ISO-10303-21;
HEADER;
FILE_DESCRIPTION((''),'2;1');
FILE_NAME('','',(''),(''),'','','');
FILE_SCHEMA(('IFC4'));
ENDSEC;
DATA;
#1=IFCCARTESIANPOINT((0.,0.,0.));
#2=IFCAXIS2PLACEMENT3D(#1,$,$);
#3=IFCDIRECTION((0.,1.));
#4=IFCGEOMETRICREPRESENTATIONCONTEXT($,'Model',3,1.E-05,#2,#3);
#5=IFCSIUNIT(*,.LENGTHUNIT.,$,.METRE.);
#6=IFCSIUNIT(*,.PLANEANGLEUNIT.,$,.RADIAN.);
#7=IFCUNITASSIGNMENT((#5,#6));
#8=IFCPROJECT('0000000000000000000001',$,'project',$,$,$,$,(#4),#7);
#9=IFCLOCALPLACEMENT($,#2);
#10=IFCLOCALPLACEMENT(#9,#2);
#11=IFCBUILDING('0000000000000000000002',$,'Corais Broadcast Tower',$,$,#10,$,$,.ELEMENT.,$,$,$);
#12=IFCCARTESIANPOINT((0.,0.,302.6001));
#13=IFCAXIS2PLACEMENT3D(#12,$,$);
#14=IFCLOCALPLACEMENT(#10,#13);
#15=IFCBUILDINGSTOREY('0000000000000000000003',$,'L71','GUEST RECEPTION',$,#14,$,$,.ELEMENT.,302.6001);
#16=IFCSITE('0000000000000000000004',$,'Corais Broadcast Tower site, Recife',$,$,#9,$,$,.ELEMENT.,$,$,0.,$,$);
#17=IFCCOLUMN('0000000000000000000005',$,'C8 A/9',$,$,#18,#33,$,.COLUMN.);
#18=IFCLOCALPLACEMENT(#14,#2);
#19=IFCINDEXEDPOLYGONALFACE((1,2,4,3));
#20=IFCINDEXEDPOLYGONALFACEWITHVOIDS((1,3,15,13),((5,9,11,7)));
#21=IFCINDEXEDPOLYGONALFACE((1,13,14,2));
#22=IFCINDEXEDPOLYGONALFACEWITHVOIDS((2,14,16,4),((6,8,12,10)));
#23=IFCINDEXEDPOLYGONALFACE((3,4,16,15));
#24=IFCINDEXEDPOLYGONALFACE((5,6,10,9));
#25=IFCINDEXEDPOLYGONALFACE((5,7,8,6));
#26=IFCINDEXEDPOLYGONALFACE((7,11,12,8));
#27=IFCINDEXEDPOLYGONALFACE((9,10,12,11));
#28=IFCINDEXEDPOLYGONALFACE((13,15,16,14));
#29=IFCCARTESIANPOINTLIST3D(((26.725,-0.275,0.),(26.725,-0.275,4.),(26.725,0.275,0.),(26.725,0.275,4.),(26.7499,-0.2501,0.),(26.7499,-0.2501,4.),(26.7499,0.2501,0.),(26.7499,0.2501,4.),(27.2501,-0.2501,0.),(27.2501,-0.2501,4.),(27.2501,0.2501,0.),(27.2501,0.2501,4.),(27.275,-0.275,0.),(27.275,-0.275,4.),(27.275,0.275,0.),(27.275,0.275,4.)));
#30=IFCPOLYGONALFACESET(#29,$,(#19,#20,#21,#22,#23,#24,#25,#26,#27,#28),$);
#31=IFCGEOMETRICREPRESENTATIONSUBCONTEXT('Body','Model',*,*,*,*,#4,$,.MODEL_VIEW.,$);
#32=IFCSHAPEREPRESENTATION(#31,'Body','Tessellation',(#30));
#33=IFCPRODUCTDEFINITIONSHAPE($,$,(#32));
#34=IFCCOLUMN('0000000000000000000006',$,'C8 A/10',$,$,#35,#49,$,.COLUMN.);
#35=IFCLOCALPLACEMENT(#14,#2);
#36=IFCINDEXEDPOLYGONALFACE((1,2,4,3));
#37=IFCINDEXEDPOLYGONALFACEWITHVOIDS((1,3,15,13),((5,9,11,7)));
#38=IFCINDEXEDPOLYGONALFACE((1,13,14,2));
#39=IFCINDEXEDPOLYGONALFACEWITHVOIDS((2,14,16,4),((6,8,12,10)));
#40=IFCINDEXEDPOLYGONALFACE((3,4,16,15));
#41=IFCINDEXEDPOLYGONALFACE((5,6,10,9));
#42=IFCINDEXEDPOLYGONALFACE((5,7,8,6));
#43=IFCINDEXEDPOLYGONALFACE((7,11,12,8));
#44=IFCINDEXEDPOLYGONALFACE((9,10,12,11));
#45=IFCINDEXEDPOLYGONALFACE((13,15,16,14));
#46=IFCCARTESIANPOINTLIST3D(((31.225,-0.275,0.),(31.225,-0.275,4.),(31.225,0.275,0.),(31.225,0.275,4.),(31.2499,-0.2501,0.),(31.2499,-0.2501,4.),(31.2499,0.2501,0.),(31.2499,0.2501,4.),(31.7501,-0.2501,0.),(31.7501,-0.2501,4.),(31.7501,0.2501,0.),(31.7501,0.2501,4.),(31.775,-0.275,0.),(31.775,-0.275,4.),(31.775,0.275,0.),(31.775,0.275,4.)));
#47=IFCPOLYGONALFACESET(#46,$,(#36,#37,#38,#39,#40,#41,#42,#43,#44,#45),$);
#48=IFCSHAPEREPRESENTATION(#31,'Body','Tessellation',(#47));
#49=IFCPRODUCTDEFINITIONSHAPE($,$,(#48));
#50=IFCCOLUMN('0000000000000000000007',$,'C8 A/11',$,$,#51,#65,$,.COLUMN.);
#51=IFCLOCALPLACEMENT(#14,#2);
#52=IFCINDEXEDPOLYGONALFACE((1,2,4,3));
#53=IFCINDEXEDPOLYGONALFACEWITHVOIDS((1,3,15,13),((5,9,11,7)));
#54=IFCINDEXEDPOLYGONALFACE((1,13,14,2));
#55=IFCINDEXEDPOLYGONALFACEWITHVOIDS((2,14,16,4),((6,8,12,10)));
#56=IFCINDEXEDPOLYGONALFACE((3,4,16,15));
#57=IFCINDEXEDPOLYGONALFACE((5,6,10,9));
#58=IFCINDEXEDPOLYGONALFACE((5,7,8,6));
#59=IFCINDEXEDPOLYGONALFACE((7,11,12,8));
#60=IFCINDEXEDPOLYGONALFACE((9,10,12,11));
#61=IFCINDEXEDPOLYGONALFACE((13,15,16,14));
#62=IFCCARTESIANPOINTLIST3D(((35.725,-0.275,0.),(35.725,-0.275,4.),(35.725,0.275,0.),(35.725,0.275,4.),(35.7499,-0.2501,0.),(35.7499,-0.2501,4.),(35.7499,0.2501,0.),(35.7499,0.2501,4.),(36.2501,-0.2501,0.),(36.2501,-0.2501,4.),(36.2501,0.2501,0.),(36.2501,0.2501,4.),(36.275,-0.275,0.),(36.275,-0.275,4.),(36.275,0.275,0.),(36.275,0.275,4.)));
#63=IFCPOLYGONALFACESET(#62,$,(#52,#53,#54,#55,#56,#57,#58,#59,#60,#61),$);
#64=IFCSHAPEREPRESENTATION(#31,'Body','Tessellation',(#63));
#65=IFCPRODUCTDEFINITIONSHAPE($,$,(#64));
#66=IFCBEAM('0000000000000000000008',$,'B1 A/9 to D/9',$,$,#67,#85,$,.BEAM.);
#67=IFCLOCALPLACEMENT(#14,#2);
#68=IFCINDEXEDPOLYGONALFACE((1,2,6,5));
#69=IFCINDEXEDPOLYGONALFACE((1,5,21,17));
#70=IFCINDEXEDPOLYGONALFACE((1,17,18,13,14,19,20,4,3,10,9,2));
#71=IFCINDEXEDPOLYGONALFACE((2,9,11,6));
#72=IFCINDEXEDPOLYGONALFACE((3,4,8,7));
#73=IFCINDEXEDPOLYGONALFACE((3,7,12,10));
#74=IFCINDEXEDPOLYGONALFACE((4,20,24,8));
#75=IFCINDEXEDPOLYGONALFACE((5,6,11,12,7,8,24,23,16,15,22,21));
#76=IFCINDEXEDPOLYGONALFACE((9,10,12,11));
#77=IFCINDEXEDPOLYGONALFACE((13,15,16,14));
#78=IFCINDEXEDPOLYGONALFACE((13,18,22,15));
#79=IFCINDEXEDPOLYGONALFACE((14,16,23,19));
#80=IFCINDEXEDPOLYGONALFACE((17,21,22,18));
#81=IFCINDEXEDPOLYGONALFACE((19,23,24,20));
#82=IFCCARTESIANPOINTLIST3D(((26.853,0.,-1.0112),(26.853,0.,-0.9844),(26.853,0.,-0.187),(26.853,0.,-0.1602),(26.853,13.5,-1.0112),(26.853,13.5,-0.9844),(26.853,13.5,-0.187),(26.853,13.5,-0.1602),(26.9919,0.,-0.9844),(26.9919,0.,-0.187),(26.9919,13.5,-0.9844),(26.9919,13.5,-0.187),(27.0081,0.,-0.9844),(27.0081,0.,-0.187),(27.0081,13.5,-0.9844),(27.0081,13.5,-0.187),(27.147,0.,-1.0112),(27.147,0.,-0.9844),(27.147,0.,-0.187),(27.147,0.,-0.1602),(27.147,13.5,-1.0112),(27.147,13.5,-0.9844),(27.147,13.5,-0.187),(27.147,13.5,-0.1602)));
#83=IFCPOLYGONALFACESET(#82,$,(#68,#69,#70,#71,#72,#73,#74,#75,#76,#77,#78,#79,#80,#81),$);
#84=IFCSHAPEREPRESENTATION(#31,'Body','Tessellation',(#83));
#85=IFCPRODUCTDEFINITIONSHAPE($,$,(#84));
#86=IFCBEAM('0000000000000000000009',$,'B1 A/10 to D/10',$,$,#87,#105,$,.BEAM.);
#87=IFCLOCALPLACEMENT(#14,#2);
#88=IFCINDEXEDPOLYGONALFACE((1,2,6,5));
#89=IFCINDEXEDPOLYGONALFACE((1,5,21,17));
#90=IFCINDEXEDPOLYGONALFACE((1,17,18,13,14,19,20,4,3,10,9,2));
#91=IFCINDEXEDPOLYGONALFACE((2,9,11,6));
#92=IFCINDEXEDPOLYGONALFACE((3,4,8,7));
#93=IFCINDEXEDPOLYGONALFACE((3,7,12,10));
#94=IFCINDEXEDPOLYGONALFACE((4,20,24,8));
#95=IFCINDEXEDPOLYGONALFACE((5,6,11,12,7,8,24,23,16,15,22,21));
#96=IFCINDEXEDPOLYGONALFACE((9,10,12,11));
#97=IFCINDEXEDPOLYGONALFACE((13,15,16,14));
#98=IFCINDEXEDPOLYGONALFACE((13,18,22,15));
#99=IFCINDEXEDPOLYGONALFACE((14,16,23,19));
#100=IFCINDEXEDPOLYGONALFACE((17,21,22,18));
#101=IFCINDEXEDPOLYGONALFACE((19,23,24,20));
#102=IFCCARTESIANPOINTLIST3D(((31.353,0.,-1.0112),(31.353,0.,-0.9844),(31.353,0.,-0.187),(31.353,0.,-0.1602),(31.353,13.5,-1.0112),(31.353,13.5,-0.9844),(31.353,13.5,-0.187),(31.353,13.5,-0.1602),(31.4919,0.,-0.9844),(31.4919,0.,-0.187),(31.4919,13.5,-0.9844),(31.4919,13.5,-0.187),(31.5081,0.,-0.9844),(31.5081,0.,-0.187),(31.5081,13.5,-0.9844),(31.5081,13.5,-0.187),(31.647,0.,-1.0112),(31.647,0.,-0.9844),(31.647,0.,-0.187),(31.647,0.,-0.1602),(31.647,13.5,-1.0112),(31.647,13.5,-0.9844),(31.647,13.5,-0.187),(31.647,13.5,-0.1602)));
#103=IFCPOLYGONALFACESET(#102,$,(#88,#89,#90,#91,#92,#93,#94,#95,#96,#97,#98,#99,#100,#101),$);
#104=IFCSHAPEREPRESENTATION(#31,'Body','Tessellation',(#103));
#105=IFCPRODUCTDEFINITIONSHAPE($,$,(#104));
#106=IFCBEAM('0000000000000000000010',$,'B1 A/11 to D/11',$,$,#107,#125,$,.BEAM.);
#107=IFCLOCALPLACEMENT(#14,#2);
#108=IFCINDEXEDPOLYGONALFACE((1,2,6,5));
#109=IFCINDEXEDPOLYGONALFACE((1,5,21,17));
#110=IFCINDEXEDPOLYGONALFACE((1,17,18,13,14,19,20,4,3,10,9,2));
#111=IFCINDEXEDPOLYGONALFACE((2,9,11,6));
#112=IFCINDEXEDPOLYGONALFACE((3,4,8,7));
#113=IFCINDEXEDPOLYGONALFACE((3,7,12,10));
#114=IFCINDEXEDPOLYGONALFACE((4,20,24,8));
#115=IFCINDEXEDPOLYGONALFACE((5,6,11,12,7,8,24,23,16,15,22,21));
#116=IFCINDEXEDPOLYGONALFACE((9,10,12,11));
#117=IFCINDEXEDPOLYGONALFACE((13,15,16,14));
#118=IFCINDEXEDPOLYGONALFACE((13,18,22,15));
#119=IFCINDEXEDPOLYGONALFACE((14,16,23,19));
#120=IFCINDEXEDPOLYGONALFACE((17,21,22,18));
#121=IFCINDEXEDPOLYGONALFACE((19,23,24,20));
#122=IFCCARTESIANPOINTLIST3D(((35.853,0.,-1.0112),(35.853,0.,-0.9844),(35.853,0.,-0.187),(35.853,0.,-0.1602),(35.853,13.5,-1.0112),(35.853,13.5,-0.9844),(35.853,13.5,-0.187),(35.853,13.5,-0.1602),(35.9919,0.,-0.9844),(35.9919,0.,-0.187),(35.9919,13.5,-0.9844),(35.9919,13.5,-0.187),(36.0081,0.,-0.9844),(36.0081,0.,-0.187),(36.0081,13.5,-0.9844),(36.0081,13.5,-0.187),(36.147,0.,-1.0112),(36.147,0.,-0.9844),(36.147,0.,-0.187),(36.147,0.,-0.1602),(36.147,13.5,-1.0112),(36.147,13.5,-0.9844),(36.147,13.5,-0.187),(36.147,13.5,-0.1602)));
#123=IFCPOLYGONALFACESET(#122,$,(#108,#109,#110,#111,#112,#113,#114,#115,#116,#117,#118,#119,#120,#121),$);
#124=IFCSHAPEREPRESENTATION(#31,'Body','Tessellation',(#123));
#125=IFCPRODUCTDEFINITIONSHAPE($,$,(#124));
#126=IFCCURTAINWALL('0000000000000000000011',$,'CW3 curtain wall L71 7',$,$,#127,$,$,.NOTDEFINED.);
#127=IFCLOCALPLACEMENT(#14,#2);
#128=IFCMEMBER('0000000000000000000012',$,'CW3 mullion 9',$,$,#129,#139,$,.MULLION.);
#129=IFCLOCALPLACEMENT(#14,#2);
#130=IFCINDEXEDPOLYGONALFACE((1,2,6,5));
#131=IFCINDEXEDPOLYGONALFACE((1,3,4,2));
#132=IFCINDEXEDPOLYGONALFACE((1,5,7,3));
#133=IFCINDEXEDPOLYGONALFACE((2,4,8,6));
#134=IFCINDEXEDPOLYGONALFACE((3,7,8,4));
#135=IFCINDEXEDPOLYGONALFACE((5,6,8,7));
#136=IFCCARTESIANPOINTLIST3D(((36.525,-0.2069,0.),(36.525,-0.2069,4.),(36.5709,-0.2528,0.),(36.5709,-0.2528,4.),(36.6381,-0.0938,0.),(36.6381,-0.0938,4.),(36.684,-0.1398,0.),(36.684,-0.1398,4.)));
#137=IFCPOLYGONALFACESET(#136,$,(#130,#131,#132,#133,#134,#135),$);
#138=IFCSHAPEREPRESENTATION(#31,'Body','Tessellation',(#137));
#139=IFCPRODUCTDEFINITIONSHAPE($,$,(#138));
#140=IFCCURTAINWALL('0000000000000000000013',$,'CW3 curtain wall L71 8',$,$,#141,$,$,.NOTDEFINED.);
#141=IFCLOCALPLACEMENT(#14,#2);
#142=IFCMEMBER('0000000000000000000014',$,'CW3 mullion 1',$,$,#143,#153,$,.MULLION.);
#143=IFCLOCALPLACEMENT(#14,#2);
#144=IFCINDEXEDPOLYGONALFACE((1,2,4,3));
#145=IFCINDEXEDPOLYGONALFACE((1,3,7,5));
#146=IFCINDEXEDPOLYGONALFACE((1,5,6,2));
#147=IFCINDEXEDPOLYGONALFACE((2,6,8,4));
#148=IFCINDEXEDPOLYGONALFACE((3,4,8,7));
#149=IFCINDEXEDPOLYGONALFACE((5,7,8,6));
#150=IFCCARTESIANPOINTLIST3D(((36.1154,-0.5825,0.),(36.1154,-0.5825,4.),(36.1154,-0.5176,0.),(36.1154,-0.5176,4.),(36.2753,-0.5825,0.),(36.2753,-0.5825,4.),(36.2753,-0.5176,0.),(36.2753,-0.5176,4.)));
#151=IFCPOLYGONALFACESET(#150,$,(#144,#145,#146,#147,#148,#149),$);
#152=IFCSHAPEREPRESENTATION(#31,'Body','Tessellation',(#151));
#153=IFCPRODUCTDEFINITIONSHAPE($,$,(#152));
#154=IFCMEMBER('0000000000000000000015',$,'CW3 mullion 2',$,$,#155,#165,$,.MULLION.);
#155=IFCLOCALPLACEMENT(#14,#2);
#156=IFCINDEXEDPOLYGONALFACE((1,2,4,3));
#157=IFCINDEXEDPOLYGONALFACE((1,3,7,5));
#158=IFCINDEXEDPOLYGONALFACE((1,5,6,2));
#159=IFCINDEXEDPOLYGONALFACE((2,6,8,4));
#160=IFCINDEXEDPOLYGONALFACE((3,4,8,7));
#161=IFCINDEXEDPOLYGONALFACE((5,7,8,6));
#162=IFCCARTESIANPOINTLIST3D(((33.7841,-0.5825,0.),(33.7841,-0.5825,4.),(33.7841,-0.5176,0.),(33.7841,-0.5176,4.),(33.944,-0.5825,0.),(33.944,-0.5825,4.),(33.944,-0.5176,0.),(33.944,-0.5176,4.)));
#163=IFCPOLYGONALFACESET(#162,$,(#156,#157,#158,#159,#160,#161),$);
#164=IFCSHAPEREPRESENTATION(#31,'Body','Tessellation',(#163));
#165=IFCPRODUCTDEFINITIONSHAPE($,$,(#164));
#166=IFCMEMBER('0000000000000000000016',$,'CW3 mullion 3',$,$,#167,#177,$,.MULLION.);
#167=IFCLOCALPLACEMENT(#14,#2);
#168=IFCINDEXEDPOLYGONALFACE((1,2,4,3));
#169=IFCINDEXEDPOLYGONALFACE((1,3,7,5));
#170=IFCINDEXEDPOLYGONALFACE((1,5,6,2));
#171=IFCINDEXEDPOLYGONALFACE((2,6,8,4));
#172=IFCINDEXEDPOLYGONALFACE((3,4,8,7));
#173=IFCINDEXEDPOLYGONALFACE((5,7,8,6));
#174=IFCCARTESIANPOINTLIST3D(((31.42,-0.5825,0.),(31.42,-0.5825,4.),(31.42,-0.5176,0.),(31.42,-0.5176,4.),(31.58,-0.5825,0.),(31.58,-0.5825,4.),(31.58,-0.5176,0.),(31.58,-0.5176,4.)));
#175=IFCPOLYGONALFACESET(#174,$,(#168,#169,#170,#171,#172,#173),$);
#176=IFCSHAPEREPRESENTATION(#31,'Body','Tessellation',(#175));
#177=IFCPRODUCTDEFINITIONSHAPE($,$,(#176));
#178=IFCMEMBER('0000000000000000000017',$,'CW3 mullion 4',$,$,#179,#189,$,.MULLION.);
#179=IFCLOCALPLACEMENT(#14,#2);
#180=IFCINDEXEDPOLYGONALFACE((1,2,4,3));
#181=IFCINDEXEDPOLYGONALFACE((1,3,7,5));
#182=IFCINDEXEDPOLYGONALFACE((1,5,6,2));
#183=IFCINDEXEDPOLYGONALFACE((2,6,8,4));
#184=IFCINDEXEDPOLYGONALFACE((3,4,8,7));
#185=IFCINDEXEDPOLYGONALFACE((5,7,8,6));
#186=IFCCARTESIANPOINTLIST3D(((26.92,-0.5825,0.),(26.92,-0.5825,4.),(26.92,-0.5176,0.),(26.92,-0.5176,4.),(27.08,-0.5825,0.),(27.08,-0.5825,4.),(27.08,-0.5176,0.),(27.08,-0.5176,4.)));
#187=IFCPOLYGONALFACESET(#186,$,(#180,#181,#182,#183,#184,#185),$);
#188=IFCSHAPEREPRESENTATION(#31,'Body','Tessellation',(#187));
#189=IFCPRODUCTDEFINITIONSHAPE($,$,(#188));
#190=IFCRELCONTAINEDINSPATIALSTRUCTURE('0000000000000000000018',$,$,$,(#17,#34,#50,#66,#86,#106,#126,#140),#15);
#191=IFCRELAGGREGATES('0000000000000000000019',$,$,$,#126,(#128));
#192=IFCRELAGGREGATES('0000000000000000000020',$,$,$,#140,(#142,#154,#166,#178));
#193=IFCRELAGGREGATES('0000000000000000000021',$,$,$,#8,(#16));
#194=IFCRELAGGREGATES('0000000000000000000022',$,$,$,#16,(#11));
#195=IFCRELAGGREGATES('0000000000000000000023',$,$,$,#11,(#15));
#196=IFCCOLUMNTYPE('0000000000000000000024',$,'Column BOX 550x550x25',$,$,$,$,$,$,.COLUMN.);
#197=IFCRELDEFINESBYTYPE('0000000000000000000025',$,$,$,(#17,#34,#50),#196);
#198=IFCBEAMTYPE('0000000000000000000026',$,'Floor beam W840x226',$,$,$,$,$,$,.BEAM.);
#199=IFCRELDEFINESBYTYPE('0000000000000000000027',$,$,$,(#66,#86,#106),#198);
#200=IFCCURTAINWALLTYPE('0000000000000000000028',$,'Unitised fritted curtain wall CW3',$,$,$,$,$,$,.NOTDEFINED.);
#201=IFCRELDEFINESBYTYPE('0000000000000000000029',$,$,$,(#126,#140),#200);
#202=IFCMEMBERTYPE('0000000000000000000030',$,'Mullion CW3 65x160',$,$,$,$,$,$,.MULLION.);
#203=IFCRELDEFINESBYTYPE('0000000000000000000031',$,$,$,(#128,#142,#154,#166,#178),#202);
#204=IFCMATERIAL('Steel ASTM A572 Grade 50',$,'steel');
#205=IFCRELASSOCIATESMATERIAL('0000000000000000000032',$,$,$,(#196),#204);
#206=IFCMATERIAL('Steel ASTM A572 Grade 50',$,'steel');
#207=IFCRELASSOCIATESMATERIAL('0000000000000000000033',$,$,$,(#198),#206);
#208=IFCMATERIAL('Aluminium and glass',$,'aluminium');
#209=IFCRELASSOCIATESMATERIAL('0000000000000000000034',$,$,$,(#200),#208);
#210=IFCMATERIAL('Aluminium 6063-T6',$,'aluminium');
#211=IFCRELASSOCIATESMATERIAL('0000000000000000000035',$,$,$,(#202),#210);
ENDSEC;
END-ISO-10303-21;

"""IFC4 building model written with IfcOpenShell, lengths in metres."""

from ifc_helpers import new_model, si_unit, direction, frame, origin, origin_2d, place, context, subcontext, project, spatial, rectangle, hollow_rectangle, i_section, extrude, material, material_profile, profile_set, type_object, element, aggregate, save


model = new_model("IFC4")

# Units and contexts
model_context = context("Model", 3, precision=1e-05, world=origin(), true_north=direction((0.0, 1.0)))
body_context = subcontext(model_context, "Body", "Model", "MODEL_VIEW")
ifc_project = project(units=[si_unit("LENGTHUNIT", "METRE"), si_unit("PLANEANGLEUNIT", "RADIAN")], contexts=[model_context])

# Site, building, storey
site_placement = place(None, origin())
site = spatial("IfcSite", under=ifc_project, at=site_placement, Name="Corais Broadcast Tower site, Recife", CompositionType="ELEMENT", RefElevation=0.0)
building_placement = place(site_placement, origin())
building = spatial("IfcBuilding", under=site, at=building_placement, Name="Corais Broadcast Tower", CompositionType="ELEMENT")
storey_placement = place(building_placement, frame((0.0, 0.0, 302.6001)))
storey = spatial("IfcBuildingStorey", under=building, at=storey_placement, Name="L71", Description="GUEST RECEPTION", CompositionType="ELEMENT", Elevation=302.6001)

# Columns
ifc_material_1 = material(Name="Steel ASTM A572 Grade 50", Category="steel")
ifc_material_profile_1 = material_profile(ifc_material_1, hollow_rectangle(XDim=0.55, YDim=0.55, WallThickness=0.0249, at=origin_2d()), Name="BOX 550x550x25")
ifc_profile_set_1 = profile_set([ifc_material_profile_1], Name="Steel ASTM A572 Grade 50")
column_type = type_object("IfcColumnType", Name="Column BOX 550x550x25", PredefinedType="COLUMN", material=ifc_profile_set_1)
for number, where, z_axis, x_axis, name in (
    (1, (27.0, 0.0, 0.0), (0.0, 0.0, 1.0), (1.0, 0.0, 0.0), "C8 A/9"),
    (2, (31.5, 0.0, 0.0), (0.0, 0.0, 1.0), (1.0, 0.0, 0.0), "C8 A/10"),
    (3, (36.0, 0.0, 0.0), (0.0, 0.0, 1.0), (1.0, 0.0, 0.0), "C8 A/11"),
):
    element("IfcColumn", number, at=place(storey_placement, frame(where, z_axis=z_axis, x_axis=x_axis)), inside=storey, type_object=column_type, Name=name, PredefinedType="COLUMN", context=body_context, shape_type="SweptSolid", body=[
        extrude(hollow_rectangle(XDim=0.55, YDim=0.55, WallThickness=0.0249, at=origin_2d()), origin(), (0.0, 0.0, 1.0), 4.0),
    ])

# Beams
ifc_material_2 = material(Name="Steel ASTM A572 Grade 50", Category="steel")
ifc_material_profile_2 = material_profile(ifc_material_2, i_section(OverallWidth=0.2939, OverallDepth=0.8511, WebThickness=0.0161, FlangeThickness=0.0269, at=origin_2d()), Name="W840x226")
ifc_profile_set_2 = profile_set([ifc_material_profile_2], Name="Steel ASTM A572 Grade 50")
beam_type_1 = type_object("IfcBeamType", Name="Floor beam W840x226", PredefinedType="BEAM", material=ifc_profile_set_2)
for number, where, z_axis, x_axis, name in (
    (4, (27.0, 0.0, -0.5857), (0.0, 1.0, 0.0), (-1.0, 0.0, 0.0), "B1 A/9 to D/9"),
    (5, (31.5, 0.0, -0.5857), (0.0, 1.0, 0.0), (-1.0, 0.0, 0.0), "B1 A/10 to D/10"),
    (6, (36.0, 0.0, -0.5857), (0.0, 1.0, 0.0), (-1.0, 0.0, 0.0), "B1 A/11 to D/11"),
):
    element("IfcBeam", number, at=place(storey_placement, frame(where, z_axis=z_axis, x_axis=x_axis)), inside=storey, type_object=beam_type_1, Name=name, PredefinedType="BEAM", context=body_context, shape_type="SweptSolid", body=[
        extrude(i_section(OverallWidth=0.2939, OverallDepth=0.8511, WebThickness=0.0161, FlangeThickness=0.0269, at=origin_2d()), origin(), (0.0, 0.0, 1.0), 13.5),
    ])

# Curtain wall, member
ifc_material_3 = material(Name="Aluminium and glass", Category="aluminium")
curtain_wall_type = type_object("IfcCurtainWallType", Name="Unitised fritted curtain wall CW3", PredefinedType="NOTDEFINED", material=ifc_material_3)
curtain_wall_1_placement = place(storey_placement, origin())
curtain_wall_1 = element("IfcCurtainWall", 7, at=curtain_wall_1_placement, inside=storey, type_object=curtain_wall_type, Name="CW3 curtain wall L71 7", PredefinedType="NOTDEFINED")
ifc_material_4 = material(Name="Aluminium 6063-T6", Category="aluminium")
ifc_material_profile_3 = material_profile(ifc_material_4, rectangle(XDim=0.0649, YDim=0.1599, at=origin_2d()), Name="Mullion CW3 65x160")
ifc_profile_set_3 = profile_set([ifc_material_profile_3], Name="Aluminium 6063-T6")
member_type_1 = type_object("IfcMemberType", Name="Mullion CW3 65x160", PredefinedType="MULLION", material=ifc_profile_set_3)
member_1_placement = place(storey_placement, frame((36.6045, -0.1733, 0.0), z_axis=(0.0, 0.0, 1.0), x_axis=(0.707107, -0.707107, 0.0)))
member_1 = element("IfcMember", 8, at=member_1_placement, type_object=member_type_1, Name="CW3 mullion 9", PredefinedType="MULLION", context=body_context, shape_type="SweptSolid", body=[
    extrude(rectangle(XDim=0.0649, YDim=0.1599, at=origin_2d()), origin(), (0.0, 0.0, 1.0), 4.0),
])
aggregate(curtain_wall_1, [member_1])

# Curtain wall, members
curtain_wall_2_placement = place(storey_placement, origin())
curtain_wall_2 = element("IfcCurtainWall", 9, at=curtain_wall_2_placement, inside=storey, type_object=curtain_wall_type, Name="CW3 curtain wall L71 8", PredefinedType="NOTDEFINED")
member_2_placement = place(storey_placement, frame((36.1953, -0.55, 0.0), z_axis=(0.0, 0.0, 1.0), x_axis=(0.0, -1.0, 0.0)))
member_2 = element("IfcMember", 10, at=member_2_placement, type_object=member_type_1, Name="CW3 mullion 1", PredefinedType="MULLION", context=body_context, shape_type="SweptSolid", body=[
    extrude(rectangle(XDim=0.0649, YDim=0.1599, at=origin_2d()), origin(), (0.0, 0.0, 1.0), 4.0),
])
member_3_placement = place(storey_placement, frame((33.864, -0.55, 0.0), z_axis=(0.0, 0.0, 1.0), x_axis=(0.0, -1.0, 0.0)))
member_3 = element("IfcMember", 11, at=member_3_placement, type_object=member_type_1, Name="CW3 mullion 2", PredefinedType="MULLION", context=body_context, shape_type="SweptSolid", body=[
    extrude(rectangle(XDim=0.0649, YDim=0.1599, at=origin_2d()), origin(), (0.0, 0.0, 1.0), 4.0),
])
member_4_placement = place(storey_placement, frame((31.5, -0.55, 0.0), z_axis=(0.0, 0.0, 1.0), x_axis=(0.0, -1.0, 0.0)))
member_4 = element("IfcMember", 12, at=member_4_placement, type_object=member_type_1, Name="CW3 mullion 3", PredefinedType="MULLION", context=body_context, shape_type="SweptSolid", body=[
    extrude(rectangle(XDim=0.0649, YDim=0.1599, at=origin_2d()), origin(), (0.0, 0.0, 1.0), 4.0),
])
member_5_placement = place(storey_placement, frame((27.0, -0.55, 0.0), z_axis=(0.0, 0.0, 1.0), x_axis=(0.0, -1.0, 0.0)))
member_5 = element("IfcMember", 13, at=member_5_placement, type_object=member_type_1, Name="CW3 mullion 4", PredefinedType="MULLION", context=body_context, shape_type="SweptSolid", body=[
    extrude(rectangle(XDim=0.0649, YDim=0.1599, at=origin_2d()), origin(), (0.0, 0.0, 1.0), 4.0),
])

aggregate(curtain_wall_2, [member_2, member_3, member_4, member_5])

save(model, "model.ifc")
